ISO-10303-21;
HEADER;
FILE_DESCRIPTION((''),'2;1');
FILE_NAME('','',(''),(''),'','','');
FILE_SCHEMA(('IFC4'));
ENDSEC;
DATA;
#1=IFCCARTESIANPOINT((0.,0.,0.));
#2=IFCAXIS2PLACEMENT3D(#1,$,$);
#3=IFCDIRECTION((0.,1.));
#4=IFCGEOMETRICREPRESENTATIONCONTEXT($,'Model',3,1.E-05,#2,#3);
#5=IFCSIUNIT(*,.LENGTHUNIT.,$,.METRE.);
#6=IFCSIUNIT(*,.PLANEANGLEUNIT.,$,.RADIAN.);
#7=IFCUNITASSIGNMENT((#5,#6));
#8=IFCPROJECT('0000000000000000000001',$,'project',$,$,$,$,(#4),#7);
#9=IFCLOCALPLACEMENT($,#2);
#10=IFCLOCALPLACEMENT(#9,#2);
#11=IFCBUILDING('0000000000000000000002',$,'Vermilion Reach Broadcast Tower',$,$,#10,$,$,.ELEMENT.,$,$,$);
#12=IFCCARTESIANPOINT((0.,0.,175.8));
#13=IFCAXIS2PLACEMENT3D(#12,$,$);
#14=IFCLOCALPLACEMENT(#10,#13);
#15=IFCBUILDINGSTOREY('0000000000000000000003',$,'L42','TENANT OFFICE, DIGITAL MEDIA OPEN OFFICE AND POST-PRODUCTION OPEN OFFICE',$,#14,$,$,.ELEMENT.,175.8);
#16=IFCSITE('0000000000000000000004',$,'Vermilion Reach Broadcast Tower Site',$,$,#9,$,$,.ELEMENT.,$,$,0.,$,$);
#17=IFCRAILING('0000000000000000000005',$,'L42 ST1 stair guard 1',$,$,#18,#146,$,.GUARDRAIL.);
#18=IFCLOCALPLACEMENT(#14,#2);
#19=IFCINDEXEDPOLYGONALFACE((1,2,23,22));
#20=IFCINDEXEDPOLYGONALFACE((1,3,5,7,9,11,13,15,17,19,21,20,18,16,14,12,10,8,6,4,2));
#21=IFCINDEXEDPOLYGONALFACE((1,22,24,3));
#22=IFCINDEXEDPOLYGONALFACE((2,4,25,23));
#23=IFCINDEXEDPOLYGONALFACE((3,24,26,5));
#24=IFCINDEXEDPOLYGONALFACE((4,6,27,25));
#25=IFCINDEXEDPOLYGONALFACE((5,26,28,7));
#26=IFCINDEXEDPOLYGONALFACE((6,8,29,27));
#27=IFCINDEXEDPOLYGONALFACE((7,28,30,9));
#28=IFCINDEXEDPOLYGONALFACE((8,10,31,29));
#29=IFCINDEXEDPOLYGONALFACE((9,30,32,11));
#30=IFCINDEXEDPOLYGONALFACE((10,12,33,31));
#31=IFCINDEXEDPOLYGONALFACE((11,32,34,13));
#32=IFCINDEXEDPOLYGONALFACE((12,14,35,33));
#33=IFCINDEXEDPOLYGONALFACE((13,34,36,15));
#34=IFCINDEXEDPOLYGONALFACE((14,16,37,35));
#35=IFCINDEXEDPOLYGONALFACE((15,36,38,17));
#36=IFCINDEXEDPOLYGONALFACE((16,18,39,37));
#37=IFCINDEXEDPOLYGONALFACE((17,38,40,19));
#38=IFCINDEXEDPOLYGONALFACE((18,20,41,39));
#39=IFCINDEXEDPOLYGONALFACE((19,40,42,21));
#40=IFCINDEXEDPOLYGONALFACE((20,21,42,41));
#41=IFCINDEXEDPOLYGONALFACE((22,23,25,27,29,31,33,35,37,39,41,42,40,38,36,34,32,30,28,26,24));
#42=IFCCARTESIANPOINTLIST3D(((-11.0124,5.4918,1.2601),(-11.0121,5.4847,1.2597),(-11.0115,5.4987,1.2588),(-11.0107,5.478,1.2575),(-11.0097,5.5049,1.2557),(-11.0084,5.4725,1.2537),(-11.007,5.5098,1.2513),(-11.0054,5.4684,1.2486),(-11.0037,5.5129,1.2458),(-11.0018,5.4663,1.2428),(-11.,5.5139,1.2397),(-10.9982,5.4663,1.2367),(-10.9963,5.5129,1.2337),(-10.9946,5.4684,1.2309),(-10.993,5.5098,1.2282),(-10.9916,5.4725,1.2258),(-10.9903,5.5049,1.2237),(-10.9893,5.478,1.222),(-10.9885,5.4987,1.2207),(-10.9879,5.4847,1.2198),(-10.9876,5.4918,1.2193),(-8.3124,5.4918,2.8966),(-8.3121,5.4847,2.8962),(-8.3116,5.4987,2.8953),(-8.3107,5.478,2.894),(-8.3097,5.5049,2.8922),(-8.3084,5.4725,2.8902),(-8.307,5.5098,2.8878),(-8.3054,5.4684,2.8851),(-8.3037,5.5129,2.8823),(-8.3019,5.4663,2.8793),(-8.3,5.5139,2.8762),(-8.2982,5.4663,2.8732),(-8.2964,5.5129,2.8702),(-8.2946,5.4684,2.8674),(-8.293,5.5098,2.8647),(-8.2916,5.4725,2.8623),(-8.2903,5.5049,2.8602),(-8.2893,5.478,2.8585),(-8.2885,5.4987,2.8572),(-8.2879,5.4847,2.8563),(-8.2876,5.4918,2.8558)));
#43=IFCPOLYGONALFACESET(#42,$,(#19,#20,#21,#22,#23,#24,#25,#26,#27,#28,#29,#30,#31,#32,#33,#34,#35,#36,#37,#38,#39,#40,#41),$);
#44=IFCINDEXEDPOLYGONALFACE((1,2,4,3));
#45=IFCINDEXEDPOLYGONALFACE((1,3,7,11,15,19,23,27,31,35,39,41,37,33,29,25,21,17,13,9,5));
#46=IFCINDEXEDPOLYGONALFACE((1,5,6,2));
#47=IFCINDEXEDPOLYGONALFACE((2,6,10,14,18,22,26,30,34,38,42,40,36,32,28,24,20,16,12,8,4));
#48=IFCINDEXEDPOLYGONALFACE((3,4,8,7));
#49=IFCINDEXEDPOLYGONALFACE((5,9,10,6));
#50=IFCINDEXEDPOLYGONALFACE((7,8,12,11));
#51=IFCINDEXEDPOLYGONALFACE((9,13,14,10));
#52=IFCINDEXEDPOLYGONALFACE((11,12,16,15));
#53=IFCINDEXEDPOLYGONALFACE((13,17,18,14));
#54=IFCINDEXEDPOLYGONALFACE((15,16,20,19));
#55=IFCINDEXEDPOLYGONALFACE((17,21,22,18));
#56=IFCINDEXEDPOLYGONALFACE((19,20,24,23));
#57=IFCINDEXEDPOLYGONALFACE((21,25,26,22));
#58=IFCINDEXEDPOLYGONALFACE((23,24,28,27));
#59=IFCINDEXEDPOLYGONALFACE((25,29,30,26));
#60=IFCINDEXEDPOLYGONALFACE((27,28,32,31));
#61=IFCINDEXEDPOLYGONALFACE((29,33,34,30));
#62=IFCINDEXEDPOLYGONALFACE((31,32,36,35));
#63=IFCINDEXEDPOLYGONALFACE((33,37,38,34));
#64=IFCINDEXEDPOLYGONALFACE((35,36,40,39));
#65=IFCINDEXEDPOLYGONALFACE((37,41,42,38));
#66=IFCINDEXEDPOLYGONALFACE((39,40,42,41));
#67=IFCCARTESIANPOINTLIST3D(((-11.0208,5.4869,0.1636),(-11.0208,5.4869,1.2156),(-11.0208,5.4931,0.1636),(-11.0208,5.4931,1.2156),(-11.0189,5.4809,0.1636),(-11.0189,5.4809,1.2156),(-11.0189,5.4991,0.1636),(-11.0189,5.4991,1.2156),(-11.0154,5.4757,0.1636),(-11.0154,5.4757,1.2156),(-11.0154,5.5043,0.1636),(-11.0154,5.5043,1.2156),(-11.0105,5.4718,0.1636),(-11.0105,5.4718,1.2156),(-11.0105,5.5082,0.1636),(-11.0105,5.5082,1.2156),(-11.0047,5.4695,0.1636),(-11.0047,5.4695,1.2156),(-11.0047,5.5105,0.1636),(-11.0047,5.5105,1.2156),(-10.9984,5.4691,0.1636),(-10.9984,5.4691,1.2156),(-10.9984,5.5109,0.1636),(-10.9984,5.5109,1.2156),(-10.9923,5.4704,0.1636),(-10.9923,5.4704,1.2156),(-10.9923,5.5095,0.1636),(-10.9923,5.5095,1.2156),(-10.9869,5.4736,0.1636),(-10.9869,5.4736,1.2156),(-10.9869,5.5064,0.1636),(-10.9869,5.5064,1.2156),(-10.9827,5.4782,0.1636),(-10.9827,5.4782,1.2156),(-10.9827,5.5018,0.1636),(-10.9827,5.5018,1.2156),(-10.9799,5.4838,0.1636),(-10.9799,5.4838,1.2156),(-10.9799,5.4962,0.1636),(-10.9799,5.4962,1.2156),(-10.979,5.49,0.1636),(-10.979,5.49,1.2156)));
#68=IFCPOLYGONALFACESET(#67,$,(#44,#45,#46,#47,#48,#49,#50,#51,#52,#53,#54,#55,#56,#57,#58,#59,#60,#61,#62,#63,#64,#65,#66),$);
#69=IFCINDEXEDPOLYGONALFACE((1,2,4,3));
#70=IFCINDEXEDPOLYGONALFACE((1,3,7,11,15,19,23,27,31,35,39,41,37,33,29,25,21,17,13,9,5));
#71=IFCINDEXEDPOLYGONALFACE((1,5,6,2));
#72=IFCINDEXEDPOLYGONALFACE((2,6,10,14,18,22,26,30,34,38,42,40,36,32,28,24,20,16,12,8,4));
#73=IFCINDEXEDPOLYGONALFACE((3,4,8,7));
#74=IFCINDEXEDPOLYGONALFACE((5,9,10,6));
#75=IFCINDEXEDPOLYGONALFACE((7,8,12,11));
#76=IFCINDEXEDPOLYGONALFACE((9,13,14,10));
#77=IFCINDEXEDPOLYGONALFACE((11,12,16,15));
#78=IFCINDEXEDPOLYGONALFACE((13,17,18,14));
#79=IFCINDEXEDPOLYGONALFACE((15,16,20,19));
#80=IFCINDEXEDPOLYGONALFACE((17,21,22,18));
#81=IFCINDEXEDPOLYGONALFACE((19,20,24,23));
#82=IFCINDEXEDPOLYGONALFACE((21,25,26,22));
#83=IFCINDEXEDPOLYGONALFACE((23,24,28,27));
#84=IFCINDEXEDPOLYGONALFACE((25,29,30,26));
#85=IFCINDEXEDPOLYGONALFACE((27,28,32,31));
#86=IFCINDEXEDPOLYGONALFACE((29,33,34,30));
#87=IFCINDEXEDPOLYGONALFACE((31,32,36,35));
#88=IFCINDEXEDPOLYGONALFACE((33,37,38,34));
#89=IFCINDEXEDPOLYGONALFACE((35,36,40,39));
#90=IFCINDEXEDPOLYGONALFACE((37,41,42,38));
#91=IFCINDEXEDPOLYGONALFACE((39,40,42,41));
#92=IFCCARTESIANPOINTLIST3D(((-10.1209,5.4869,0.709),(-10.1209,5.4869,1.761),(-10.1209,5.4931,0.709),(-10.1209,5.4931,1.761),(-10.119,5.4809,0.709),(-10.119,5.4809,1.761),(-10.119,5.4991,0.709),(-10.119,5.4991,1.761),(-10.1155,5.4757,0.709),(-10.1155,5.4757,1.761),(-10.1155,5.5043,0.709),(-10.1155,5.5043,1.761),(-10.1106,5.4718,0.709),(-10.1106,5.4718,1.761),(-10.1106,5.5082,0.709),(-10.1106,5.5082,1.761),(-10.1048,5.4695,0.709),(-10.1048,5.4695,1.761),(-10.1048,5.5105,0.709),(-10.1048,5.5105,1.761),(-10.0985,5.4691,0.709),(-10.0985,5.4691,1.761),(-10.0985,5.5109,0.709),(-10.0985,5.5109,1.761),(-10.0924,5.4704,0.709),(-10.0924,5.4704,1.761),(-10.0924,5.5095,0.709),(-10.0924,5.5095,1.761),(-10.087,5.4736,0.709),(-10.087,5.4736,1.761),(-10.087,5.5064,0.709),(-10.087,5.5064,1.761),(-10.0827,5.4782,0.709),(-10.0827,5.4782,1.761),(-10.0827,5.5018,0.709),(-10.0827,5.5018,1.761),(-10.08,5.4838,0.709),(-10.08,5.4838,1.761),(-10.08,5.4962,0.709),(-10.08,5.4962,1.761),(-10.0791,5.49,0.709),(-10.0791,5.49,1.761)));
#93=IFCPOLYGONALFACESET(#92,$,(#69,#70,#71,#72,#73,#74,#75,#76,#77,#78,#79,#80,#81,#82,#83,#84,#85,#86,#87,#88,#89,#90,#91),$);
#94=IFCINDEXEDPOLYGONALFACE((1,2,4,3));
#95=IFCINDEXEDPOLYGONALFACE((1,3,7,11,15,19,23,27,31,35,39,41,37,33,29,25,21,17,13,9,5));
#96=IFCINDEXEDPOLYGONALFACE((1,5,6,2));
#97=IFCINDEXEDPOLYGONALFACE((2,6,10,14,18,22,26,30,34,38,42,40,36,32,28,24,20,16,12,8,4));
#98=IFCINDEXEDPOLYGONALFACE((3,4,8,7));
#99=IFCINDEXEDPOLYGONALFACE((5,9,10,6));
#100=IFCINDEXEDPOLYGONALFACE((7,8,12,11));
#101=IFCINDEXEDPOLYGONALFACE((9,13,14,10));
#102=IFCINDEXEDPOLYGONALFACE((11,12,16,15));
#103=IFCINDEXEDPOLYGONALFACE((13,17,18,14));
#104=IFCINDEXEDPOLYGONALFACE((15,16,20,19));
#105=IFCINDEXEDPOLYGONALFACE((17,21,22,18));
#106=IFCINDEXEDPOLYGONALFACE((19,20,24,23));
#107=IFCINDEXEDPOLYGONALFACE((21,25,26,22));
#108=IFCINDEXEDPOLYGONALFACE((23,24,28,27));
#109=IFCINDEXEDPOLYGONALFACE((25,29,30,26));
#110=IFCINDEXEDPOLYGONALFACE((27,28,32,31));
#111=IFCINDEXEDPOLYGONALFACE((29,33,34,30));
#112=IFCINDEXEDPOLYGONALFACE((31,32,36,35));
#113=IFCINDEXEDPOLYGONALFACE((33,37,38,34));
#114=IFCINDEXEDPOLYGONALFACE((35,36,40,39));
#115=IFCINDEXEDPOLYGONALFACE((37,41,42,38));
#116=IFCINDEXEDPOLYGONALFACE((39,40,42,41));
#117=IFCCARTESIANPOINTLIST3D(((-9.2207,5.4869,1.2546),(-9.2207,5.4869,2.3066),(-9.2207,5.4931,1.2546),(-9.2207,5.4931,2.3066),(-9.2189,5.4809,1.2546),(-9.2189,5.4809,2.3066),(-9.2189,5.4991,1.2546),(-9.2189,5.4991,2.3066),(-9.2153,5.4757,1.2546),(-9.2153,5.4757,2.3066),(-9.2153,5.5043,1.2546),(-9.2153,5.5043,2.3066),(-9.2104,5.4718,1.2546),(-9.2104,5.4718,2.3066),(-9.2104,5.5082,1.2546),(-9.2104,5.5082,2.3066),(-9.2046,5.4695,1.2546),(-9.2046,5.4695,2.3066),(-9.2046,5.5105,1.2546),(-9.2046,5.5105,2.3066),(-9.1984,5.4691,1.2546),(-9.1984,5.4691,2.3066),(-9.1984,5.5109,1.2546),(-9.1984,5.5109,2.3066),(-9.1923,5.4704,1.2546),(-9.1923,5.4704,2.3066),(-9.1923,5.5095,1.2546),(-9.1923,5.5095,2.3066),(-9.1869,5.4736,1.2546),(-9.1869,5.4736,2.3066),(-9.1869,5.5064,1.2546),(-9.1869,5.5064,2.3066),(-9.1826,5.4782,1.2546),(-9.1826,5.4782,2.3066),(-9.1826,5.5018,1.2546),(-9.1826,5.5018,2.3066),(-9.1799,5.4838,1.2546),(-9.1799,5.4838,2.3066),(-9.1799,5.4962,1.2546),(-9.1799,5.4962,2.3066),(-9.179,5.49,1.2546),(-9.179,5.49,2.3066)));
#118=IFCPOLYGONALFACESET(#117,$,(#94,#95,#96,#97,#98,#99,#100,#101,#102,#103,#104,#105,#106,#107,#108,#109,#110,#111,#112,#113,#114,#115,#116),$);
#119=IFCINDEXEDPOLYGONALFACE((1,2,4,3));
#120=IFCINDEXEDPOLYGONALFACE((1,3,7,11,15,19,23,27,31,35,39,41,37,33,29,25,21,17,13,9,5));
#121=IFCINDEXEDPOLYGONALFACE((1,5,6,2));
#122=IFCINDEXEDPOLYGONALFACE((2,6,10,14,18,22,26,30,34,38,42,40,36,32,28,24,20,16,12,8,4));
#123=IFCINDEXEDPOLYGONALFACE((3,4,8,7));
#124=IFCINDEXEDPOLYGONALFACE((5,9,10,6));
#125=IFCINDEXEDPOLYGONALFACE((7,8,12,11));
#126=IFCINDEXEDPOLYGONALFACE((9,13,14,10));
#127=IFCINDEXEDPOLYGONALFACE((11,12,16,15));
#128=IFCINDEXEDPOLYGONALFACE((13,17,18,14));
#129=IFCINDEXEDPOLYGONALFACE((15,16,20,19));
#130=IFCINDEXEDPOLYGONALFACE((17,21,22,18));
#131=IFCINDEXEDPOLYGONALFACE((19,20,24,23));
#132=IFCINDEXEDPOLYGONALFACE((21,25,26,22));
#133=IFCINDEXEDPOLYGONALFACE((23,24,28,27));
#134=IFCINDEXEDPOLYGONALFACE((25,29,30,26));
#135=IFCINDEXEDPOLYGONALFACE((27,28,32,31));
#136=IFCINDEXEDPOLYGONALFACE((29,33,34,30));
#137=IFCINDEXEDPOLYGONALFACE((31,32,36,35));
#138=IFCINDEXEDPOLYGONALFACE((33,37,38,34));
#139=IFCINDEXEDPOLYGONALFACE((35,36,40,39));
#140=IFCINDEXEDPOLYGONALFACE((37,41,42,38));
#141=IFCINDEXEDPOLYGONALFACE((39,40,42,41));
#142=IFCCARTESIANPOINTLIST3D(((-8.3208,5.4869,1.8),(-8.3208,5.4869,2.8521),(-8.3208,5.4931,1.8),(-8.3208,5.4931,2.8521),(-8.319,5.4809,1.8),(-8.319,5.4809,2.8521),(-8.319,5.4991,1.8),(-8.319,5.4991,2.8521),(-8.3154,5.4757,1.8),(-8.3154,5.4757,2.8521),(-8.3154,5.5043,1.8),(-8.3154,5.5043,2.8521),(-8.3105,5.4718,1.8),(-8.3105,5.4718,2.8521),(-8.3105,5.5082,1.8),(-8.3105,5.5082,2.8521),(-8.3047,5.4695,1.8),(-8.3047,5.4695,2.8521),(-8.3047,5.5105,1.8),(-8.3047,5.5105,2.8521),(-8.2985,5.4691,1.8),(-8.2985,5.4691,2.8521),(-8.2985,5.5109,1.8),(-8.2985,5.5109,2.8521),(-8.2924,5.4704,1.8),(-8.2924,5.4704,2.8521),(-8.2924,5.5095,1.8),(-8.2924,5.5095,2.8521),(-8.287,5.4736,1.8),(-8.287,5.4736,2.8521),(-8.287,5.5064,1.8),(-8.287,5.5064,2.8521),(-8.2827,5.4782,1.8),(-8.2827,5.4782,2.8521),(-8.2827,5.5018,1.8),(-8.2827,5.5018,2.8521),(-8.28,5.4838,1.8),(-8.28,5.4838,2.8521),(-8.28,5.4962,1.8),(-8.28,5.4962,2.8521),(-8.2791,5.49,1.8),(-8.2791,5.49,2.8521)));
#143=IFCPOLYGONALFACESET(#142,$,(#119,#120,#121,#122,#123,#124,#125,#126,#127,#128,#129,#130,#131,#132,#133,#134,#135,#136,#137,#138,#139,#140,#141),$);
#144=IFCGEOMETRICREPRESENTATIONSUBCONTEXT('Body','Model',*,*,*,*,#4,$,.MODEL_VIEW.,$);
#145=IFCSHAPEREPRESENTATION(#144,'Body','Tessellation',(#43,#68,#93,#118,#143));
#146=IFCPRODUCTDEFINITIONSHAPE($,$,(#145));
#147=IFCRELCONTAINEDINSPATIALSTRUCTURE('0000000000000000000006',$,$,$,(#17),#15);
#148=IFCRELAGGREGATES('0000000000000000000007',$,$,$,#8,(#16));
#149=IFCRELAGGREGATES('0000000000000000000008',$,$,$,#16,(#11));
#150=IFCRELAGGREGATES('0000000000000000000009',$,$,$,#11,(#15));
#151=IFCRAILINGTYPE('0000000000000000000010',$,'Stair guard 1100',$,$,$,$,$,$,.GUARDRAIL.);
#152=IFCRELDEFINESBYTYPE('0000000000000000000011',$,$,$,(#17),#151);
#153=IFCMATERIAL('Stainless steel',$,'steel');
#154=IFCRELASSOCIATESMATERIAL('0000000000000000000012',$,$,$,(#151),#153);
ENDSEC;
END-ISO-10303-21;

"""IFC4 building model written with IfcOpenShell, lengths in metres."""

from ifc_helpers import new_model, si_unit, direction, frame, origin, origin_2d, place, context, subcontext, project, spatial, circle, extrude, material, type_object, element, save


model = new_model("IFC4")

# Units and contexts
model_context = context("Model", 3, precision=1e-05, world=origin(), true_north=direction((0.0, 1.0)))
body_context = subcontext(model_context, "Body", "Model", "MODEL_VIEW")
ifc_project = project(units=[si_unit("LENGTHUNIT", "METRE"), si_unit("PLANEANGLEUNIT", "RADIAN")], contexts=[model_context])

# Site, building, storey
site_placement = place(None, origin())
site = spatial("IfcSite", under=ifc_project, at=site_placement, Name="Vermilion Reach Broadcast Tower Site", CompositionType="ELEMENT", RefElevation=0.0)
building_placement = place(site_placement, origin())
building = spatial("IfcBuilding", under=site, at=building_placement, Name="Vermilion Reach Broadcast Tower", CompositionType="ELEMENT")
storey_placement = place(building_placement, frame((0.0, 0.0, 175.8)))
storey = spatial("IfcBuildingStorey", under=building, at=storey_placement, Name="L42", Description="TENANT OFFICE, DIGITAL MEDIA OPEN OFFICE AND POST-PRODUCTION OPEN OFFICE", CompositionType="ELEMENT", Elevation=175.8)

# Railing
ifc_material_1 = material(Name="Stainless steel", Category="steel")
railing_type_1 = type_object("IfcRailingType", Name="Stair guard 1100", PredefinedType="GUARDRAIL", material=ifc_material_1)
railing_1_placement = place(storey_placement, frame((-11.0, 5.49, 0.1636)))
element("IfcRailing", 1, at=railing_1_placement, inside=storey, type_object=railing_type_1, Name="L42 ST1 stair guard 1", PredefinedType="GUARDRAIL", context=body_context, shape_type="SweptSolid", body=[
    extrude(circle(Radius=0.0239, at=origin_2d()), frame((0.0, 0.0, 1.0762), z_axis=(0.855178, 0.0, 0.518334), x_axis=(0.0, 1.0, 0.0)), (0.0, 0.0, 1.0), 3.1572),
    extrude(circle(Radius=0.021, at=origin_2d()), origin(), (0.0, 0.0, 1.0), 1.052),
    extrude(circle(Radius=0.021, at=origin_2d()), frame((0.8999, 0.0, 0.5454)), (0.0, 0.0, 1.0), 1.052),
    extrude(circle(Radius=0.021, at=origin_2d()), frame((1.8, 0.0, 1.0911)), (0.0, 0.0, 1.0), 1.052),
    extrude(circle(Radius=0.021, at=origin_2d()), frame((2.7, 0.0, 1.6365)), (0.0, 0.0, 1.0), 1.052),
])

save(model, "model.ifc")
